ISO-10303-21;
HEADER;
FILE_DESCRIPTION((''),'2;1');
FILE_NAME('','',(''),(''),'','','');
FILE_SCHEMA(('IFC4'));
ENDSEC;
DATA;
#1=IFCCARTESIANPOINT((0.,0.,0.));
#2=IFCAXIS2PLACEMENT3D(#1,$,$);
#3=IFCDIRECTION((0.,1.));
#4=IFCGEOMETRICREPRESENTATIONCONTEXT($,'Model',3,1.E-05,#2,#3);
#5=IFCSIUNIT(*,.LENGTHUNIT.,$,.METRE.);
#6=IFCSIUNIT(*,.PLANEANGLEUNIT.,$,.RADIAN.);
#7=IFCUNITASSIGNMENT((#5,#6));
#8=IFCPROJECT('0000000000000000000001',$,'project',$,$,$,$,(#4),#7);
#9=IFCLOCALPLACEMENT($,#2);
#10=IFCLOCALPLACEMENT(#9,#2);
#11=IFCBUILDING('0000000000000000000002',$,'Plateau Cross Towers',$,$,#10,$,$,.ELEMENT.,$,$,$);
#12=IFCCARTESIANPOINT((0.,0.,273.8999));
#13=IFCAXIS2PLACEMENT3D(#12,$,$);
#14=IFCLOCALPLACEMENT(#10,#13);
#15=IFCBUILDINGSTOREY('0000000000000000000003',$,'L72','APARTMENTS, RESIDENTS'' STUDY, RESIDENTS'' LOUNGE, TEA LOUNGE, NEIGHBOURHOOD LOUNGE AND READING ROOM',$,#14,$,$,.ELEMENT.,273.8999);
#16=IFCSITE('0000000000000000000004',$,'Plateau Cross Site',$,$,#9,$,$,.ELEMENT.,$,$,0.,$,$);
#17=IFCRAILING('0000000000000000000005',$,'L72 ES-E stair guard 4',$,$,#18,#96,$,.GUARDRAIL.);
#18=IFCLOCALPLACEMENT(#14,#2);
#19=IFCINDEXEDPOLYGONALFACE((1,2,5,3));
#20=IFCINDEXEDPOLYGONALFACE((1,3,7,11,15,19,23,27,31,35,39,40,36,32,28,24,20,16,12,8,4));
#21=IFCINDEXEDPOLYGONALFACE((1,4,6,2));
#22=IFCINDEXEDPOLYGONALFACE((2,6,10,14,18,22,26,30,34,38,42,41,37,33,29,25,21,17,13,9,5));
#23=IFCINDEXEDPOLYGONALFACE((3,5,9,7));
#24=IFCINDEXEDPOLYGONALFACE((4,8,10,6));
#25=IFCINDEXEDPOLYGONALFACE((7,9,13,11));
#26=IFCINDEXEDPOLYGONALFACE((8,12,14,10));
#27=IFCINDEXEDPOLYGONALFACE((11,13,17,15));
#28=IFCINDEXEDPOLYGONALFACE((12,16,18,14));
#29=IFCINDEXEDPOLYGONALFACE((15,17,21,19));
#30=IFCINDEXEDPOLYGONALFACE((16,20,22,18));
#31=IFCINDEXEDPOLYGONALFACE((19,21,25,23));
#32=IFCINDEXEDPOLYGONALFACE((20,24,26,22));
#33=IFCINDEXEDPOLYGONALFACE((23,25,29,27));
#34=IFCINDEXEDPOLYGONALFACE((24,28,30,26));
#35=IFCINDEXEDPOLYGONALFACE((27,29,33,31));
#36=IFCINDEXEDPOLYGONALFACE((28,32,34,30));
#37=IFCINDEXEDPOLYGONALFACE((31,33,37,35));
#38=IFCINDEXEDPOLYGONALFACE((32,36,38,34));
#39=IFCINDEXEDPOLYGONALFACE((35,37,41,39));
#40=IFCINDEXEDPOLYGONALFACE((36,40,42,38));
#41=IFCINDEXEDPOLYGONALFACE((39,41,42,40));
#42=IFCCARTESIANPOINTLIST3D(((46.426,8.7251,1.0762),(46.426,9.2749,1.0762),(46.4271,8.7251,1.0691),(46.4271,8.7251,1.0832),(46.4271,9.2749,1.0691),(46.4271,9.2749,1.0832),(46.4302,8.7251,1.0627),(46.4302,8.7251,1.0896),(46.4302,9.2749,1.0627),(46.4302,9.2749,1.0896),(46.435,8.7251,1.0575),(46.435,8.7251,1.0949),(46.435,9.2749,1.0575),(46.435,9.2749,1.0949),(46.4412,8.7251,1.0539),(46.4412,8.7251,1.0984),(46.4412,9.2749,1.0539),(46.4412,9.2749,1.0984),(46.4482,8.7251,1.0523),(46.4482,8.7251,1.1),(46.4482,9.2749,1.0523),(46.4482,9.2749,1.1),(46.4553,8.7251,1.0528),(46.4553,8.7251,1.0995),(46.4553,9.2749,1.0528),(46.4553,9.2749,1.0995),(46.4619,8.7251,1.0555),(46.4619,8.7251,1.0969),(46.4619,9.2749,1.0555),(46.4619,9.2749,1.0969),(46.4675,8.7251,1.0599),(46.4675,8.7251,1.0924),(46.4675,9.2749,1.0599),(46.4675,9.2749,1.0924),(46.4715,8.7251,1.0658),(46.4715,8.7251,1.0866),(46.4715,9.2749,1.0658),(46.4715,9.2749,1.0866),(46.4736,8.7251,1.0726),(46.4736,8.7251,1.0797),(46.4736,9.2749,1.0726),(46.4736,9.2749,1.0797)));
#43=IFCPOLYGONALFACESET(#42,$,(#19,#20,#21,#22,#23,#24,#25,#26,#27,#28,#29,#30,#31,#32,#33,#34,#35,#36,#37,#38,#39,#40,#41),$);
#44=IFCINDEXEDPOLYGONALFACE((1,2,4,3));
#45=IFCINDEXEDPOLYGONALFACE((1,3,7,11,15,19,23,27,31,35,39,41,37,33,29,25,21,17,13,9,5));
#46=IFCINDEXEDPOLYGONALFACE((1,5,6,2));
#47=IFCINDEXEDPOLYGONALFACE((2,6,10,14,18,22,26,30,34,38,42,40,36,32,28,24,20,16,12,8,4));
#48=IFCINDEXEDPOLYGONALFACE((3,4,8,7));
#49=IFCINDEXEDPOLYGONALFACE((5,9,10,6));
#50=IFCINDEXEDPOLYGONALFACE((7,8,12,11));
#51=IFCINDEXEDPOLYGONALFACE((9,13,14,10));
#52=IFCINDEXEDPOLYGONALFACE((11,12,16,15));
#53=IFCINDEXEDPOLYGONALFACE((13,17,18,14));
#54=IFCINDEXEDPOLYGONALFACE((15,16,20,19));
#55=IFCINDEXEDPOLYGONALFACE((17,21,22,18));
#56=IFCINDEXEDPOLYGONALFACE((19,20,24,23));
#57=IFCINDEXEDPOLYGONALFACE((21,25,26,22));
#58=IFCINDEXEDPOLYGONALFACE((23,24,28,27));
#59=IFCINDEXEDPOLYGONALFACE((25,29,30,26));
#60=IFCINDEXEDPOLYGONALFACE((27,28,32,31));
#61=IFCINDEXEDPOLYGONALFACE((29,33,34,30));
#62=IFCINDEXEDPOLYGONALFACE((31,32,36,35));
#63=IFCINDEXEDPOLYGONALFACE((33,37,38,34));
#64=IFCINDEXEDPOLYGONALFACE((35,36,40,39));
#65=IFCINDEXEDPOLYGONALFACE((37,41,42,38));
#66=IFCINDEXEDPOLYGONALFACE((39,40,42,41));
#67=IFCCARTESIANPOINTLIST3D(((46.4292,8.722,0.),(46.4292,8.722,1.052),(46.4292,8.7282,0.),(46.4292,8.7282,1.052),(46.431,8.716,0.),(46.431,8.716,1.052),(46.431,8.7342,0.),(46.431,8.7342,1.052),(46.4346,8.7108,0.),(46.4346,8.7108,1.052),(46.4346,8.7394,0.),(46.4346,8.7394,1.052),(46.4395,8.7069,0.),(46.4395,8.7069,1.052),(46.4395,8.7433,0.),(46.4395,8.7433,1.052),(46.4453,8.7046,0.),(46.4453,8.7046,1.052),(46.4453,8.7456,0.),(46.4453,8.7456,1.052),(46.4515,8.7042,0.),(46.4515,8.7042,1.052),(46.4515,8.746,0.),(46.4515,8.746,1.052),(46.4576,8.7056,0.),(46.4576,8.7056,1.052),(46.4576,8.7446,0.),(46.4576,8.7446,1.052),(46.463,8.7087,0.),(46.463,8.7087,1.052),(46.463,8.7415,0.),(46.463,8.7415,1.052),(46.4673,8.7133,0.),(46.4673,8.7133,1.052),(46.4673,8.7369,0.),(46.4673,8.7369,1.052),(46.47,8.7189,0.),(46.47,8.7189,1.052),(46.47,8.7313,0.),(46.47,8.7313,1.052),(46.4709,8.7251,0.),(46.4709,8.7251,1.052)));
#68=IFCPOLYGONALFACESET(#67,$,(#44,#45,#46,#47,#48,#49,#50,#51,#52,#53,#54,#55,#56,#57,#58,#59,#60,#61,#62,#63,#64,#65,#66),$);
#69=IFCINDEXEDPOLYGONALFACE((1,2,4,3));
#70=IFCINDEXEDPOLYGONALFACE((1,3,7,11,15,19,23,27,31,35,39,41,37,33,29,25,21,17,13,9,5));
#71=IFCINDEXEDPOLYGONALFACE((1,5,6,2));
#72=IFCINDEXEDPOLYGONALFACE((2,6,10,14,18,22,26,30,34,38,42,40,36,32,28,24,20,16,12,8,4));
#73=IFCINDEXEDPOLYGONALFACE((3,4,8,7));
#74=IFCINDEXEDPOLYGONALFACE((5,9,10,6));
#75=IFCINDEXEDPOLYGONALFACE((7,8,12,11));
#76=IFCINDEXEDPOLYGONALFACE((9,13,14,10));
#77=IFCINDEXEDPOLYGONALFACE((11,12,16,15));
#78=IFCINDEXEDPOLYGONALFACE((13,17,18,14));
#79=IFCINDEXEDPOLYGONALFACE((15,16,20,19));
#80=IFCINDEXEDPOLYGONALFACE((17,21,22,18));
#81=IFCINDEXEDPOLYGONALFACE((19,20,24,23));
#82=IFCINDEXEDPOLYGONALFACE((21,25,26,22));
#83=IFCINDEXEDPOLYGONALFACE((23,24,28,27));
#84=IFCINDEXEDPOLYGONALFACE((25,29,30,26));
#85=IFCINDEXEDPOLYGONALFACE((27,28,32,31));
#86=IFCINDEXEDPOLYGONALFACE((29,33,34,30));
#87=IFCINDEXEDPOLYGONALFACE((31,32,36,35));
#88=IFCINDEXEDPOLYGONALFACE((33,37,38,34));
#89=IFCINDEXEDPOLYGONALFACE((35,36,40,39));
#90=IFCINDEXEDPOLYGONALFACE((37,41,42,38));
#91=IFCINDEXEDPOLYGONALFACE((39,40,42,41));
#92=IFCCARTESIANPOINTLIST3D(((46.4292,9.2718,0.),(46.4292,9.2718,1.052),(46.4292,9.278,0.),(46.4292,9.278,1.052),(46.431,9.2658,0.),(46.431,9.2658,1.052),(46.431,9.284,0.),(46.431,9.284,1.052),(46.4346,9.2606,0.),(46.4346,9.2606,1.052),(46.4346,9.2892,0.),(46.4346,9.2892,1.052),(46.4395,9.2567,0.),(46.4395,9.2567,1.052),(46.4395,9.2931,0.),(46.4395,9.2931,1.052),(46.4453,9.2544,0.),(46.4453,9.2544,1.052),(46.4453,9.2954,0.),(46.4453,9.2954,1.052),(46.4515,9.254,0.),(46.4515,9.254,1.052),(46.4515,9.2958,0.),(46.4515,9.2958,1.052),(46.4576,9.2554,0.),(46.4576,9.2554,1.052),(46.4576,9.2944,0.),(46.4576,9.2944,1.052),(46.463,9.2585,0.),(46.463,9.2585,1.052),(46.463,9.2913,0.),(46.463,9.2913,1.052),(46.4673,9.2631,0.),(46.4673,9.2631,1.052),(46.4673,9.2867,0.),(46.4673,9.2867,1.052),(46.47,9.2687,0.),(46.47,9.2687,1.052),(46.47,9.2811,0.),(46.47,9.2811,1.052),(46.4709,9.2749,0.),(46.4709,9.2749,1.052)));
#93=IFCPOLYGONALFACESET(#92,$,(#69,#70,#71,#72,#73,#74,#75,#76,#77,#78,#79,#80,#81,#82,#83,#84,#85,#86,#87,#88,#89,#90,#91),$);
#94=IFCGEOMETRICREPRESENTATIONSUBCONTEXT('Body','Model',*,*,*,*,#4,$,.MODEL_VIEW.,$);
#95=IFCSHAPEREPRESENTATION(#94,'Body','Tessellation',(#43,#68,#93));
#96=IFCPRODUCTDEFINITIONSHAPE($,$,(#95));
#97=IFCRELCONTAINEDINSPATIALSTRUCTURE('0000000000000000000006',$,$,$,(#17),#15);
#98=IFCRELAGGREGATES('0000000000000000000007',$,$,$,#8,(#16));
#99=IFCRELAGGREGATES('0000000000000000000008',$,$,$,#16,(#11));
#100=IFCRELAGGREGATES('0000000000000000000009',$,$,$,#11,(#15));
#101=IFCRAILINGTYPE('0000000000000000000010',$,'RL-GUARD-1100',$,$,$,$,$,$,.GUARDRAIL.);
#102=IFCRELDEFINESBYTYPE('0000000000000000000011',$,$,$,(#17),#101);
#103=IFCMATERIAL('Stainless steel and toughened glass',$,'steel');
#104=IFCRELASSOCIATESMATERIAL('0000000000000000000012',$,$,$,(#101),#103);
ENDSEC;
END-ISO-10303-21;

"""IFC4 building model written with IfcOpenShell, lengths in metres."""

from ifc_helpers import new_model, si_unit, direction, frame, origin, origin_2d, place, context, subcontext, project, spatial, circle, extrude, material, type_object, element, save


model = new_model("IFC4")

# Units and contexts
model_context = context("Model", 3, precision=1e-05, world=origin(), true_north=direction((0.0, 1.0)))
body_context = subcontext(model_context, "Body", "Model", "MODEL_VIEW")
ifc_project = project(units=[si_unit("LENGTHUNIT", "METRE"), si_unit("PLANEANGLEUNIT", "RADIAN")], contexts=[model_context])

# Site, building, storey
site_placement = place(None, origin())
site = spatial("IfcSite", under=ifc_project, at=site_placement, Name="Plateau Cross Site", CompositionType="ELEMENT", RefElevation=0.0)
building_placement = place(site_placement, origin())
building = spatial("IfcBuilding", under=site, at=building_placement, Name="Plateau Cross Towers", CompositionType="ELEMENT")
storey_placement = place(building_placement, frame((0.0, 0.0, 273.8999)))
storey = spatial("IfcBuildingStorey", under=building, at=storey_placement, Name="L72", Description="APARTMENTS, RESIDENTS' STUDY, RESIDENTS' LOUNGE, TEA LOUNGE, NEIGHBOURHOOD LOUNGE AND READING ROOM", CompositionType="ELEMENT", Elevation=273.8999)

# Railing
ifc_material_1 = material(Name="Stainless steel and toughened glass", Category="steel")
railing_type_1 = type_object("IfcRailingType", Name="RL-GUARD-1100", PredefinedType="GUARDRAIL", material=ifc_material_1)
railing_1_placement = place(storey_placement, frame((46.45, 8.7251, 0.0)))
element("IfcRailing", 1, at=railing_1_placement, inside=storey, type_object=railing_type_1, Name="L72 ES-E stair guard 4", PredefinedType="GUARDRAIL", context=body_context, shape_type="SweptSolid", body=[
    extrude(circle(Radius=0.0239, at=origin_2d()), frame((0.0, 0.0, 1.0762), z_axis=(0.0, 1.0, 0.0), x_axis=(-1.0, 0.0, 0.0)), (0.0, 0.0, 1.0), 0.5498),
    extrude(circle(Radius=0.021, at=origin_2d()), origin(), (0.0, 0.0, 1.0), 1.052),
    extrude(circle(Radius=0.021, at=origin_2d()), frame((0.0, 0.5498, 0.0)), (0.0, 0.0, 1.0), 1.052),
])

save(model, "model.ifc")
